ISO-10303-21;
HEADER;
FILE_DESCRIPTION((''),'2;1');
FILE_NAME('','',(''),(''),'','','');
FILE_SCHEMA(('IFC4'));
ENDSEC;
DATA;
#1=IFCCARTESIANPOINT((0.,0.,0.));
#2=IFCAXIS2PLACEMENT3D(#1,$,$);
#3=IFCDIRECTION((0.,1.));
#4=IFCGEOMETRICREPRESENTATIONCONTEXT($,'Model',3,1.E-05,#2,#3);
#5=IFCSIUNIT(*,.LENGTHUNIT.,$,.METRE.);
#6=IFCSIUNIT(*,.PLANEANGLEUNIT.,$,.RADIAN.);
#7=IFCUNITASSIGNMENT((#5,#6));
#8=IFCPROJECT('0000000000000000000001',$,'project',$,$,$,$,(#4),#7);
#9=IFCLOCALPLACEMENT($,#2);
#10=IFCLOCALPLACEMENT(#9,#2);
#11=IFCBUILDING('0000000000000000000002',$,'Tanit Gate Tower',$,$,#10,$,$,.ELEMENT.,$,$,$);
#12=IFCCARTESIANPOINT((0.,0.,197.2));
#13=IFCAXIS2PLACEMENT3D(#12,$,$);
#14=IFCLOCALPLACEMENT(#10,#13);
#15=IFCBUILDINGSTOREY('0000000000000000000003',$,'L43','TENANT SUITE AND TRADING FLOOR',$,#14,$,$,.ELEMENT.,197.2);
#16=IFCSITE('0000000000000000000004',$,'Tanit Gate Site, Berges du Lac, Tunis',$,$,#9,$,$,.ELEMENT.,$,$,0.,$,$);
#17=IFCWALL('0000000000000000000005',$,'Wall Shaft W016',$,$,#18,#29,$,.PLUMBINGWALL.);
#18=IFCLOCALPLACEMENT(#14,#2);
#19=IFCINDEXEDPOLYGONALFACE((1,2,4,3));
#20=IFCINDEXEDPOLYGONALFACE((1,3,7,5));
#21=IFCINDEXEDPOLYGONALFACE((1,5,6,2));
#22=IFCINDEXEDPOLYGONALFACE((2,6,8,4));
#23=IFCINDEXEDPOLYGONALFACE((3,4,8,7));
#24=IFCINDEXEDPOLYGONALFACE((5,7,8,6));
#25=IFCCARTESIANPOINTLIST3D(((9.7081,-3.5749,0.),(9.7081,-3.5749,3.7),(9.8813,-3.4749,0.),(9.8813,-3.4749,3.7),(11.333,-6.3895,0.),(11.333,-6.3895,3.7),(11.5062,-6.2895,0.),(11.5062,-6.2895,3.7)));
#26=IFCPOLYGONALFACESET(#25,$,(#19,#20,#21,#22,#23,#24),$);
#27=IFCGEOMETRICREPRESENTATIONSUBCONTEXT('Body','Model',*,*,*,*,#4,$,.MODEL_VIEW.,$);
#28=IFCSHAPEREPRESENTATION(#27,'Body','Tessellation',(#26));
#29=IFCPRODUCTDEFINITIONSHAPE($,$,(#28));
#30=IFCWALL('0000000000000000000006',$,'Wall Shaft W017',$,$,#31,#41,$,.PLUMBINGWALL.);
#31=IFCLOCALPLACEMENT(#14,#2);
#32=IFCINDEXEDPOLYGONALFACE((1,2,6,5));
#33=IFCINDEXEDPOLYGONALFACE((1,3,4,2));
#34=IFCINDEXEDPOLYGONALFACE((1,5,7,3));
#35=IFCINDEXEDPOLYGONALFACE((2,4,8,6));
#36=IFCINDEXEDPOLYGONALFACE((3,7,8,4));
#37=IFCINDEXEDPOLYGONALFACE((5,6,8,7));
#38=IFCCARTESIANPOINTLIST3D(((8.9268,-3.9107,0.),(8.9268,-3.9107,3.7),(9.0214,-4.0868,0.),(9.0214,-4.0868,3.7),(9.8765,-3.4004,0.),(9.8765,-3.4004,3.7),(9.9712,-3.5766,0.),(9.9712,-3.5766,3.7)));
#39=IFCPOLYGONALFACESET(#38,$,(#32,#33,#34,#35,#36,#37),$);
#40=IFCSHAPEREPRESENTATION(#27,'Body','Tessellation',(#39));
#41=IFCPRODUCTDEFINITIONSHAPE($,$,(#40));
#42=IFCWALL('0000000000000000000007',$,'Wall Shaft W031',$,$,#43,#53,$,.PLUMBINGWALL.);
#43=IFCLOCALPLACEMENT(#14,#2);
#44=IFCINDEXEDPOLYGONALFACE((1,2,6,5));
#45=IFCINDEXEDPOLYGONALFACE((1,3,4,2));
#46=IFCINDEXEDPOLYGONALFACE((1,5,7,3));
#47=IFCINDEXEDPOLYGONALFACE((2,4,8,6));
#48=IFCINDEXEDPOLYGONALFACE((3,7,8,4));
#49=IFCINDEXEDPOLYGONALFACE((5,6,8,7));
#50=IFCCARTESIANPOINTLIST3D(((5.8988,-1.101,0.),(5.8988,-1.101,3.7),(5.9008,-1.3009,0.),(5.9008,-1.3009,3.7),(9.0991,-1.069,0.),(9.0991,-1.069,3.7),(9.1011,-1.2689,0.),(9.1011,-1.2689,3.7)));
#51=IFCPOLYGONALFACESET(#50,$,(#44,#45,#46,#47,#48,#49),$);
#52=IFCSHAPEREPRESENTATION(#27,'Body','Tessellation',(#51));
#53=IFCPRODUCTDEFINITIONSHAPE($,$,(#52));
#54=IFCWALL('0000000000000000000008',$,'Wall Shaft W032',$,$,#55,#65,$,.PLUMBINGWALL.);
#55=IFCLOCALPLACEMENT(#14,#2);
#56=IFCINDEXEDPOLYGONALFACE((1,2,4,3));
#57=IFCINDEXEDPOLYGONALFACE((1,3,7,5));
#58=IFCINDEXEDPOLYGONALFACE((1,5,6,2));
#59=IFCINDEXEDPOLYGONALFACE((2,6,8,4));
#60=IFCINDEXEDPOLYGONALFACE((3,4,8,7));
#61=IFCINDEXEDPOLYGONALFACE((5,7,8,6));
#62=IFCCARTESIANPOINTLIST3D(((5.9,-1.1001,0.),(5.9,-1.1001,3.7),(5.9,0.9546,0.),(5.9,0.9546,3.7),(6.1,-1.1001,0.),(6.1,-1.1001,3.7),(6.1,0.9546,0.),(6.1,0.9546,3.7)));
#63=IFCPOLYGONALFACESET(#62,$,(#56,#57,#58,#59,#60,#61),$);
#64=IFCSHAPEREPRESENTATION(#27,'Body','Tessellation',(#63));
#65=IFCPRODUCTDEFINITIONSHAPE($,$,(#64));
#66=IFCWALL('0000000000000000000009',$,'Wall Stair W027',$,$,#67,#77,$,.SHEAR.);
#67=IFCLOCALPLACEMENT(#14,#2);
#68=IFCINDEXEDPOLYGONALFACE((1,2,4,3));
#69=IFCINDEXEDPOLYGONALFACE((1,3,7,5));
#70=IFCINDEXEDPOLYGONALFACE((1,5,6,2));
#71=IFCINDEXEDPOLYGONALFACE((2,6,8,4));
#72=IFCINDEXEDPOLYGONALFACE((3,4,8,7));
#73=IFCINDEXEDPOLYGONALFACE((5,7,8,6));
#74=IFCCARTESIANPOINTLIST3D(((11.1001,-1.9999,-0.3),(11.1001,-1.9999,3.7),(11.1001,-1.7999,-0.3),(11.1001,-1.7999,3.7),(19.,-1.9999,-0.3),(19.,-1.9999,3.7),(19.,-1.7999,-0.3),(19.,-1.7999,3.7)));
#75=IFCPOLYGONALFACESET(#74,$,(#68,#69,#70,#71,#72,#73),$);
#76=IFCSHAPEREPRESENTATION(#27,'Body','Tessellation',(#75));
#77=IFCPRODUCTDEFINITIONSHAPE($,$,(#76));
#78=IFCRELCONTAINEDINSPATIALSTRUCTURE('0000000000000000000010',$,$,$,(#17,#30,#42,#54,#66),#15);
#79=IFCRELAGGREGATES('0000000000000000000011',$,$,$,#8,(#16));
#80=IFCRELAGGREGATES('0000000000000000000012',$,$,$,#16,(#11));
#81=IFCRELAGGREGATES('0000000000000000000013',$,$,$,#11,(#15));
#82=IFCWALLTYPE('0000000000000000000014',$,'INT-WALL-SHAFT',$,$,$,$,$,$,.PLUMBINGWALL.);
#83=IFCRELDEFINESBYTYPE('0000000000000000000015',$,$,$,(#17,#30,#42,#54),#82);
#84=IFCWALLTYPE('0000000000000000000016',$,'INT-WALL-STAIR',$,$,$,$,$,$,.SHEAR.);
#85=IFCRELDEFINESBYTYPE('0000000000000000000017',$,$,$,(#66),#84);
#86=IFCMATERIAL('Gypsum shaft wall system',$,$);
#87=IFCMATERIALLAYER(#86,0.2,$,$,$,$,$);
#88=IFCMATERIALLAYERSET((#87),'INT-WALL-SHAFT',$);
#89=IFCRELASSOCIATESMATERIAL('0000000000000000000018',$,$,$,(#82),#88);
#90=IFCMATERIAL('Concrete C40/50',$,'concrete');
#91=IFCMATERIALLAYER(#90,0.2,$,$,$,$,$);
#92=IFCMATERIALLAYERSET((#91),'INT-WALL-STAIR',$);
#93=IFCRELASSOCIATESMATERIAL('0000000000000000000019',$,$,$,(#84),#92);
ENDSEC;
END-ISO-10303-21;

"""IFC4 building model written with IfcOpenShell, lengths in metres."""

from ifc_helpers import new_model, si_unit, direction, frame, frame_2d, origin, place, context, subcontext, project, spatial, rectangle, extrude, material, layer, layer_set, type_object, element, save


model = new_model("IFC4")

# Units and contexts
model_context = context("Model", 3, precision=1e-05, world=origin(), true_north=direction((0.0, 1.0)))
body_context = subcontext(model_context, "Body", "Model", "MODEL_VIEW")
ifc_project = project(units=[si_unit("LENGTHUNIT", "METRE"), si_unit("PLANEANGLEUNIT", "RADIAN")], contexts=[model_context])

# Site, building, storey
site_placement = place(None, origin())
site = spatial("IfcSite", under=ifc_project, at=site_placement, Name="Tanit Gate Site, Berges du Lac, Tunis", CompositionType="ELEMENT", RefElevation=0.0)
building_placement = place(site_placement, origin())
building = spatial("IfcBuilding", under=site, at=building_placement, Name="Tanit Gate Tower", CompositionType="ELEMENT")
storey_placement = place(building_placement, frame((0.0, 0.0, 197.2)))
storey = spatial("IfcBuildingStorey", under=building, at=storey_placement, Name="L43", Description="TENANT SUITE AND TRADING FLOOR", CompositionType="ELEMENT", Elevation=197.2)

# Walls
ifc_material_1 = material(Name="Gypsum shaft wall system")
ifc_layer_1 = layer(ifc_material_1, 0.2)
ifc_layer_set_1 = layer_set([ifc_layer_1], Name="INT-WALL-SHAFT")
wall_type_1 = type_object("IfcWallType", Name="INT-WALL-SHAFT", PredefinedType="PLUMBINGWALL", material=ifc_layer_set_1)
wall_1_placement = place(storey_placement, frame((9.7947, -3.5249, 0.0), z_axis=(0.0, 0.0, 1.0), x_axis=(0.499985, -0.866034, 0.0)))
element("IfcWall", 1, at=wall_1_placement, inside=storey, type_object=wall_type_1, Name="Wall Shaft W016", PredefinedType="PLUMBINGWALL", context=body_context, shape_type="SweptSolid", body=[
    extrude(rectangle(XDim=3.25, YDim=0.2, at=frame_2d((1.625, 0.0))), origin(), (0.0, 0.0, 1.0), 3.7),
])
wall_2_placement = place(storey_placement, frame((8.9741, -3.9988, 0.0), z_axis=(0.0, 0.0, 1.0), x_axis=(0.880907, 0.473289, 0.0)))
element("IfcWall", 2, at=wall_2_placement, inside=storey, type_object=wall_type_1, Name="Wall Shaft W017", PredefinedType="PLUMBINGWALL", context=body_context, shape_type="SweptSolid", body=[
    extrude(rectangle(XDim=1.0781, YDim=0.2, at=frame_2d((0.5391, 0.0))), origin(), (0.0, 0.0, 1.0), 3.7),
])
wall_3_placement = place(storey_placement, frame((5.8999, -1.2009, 0.0), z_axis=(0.0, 0.0, 1.0), x_axis=(0.99995, 0.009993, 0.0)))
element("IfcWall", 3, at=wall_3_placement, inside=storey, type_object=wall_type_1, Name="Wall Shaft W031", PredefinedType="PLUMBINGWALL", context=body_context, shape_type="SweptSolid", body=[
    extrude(rectangle(XDim=3.2004, YDim=0.2, at=frame_2d((1.6001, 0.0))), origin(), (0.0, 0.0, 1.0), 3.7),
])
wall_4_placement = place(storey_placement, frame((6.0, -1.1001, 0.0), z_axis=(0.0, 0.0, 1.0), x_axis=(0.0, 1.0, 0.0)))
element("IfcWall", 4, at=wall_4_placement, inside=storey, type_object=wall_type_1, Name="Wall Shaft W032", PredefinedType="PLUMBINGWALL", context=body_context, shape_type="SweptSolid", body=[
    extrude(rectangle(XDim=2.0547, YDim=0.2, at=frame_2d((1.0273, 0.0))), origin(), (0.0, 0.0, 1.0), 3.7),
])
ifc_material_2 = material(Name="Concrete C40/50", Category="concrete")
ifc_layer_2 = layer(ifc_material_2, 0.2)
ifc_layer_set_2 = layer_set([ifc_layer_2], Name="INT-WALL-STAIR")
wall_type_2 = type_object("IfcWallType", Name="INT-WALL-STAIR", PredefinedType="SHEAR", material=ifc_layer_set_2)
wall_5_placement = place(storey_placement, frame((11.1001, -1.8999, -0.3), z_axis=(0.0, 0.0, 1.0), x_axis=(1.0, 0.0, 0.0)))
element("IfcWall", 5, at=wall_5_placement, inside=storey, type_object=wall_type_2, Name="Wall Stair W027", PredefinedType="SHEAR", context=body_context, shape_type="SweptSolid", body=[
    extrude(rectangle(XDim=7.8999, YDim=0.2, at=frame_2d((3.95, 0.0))), origin(), (0.0, 0.0, 1.0), 4.0),
])

save(model, "model.ifc")
